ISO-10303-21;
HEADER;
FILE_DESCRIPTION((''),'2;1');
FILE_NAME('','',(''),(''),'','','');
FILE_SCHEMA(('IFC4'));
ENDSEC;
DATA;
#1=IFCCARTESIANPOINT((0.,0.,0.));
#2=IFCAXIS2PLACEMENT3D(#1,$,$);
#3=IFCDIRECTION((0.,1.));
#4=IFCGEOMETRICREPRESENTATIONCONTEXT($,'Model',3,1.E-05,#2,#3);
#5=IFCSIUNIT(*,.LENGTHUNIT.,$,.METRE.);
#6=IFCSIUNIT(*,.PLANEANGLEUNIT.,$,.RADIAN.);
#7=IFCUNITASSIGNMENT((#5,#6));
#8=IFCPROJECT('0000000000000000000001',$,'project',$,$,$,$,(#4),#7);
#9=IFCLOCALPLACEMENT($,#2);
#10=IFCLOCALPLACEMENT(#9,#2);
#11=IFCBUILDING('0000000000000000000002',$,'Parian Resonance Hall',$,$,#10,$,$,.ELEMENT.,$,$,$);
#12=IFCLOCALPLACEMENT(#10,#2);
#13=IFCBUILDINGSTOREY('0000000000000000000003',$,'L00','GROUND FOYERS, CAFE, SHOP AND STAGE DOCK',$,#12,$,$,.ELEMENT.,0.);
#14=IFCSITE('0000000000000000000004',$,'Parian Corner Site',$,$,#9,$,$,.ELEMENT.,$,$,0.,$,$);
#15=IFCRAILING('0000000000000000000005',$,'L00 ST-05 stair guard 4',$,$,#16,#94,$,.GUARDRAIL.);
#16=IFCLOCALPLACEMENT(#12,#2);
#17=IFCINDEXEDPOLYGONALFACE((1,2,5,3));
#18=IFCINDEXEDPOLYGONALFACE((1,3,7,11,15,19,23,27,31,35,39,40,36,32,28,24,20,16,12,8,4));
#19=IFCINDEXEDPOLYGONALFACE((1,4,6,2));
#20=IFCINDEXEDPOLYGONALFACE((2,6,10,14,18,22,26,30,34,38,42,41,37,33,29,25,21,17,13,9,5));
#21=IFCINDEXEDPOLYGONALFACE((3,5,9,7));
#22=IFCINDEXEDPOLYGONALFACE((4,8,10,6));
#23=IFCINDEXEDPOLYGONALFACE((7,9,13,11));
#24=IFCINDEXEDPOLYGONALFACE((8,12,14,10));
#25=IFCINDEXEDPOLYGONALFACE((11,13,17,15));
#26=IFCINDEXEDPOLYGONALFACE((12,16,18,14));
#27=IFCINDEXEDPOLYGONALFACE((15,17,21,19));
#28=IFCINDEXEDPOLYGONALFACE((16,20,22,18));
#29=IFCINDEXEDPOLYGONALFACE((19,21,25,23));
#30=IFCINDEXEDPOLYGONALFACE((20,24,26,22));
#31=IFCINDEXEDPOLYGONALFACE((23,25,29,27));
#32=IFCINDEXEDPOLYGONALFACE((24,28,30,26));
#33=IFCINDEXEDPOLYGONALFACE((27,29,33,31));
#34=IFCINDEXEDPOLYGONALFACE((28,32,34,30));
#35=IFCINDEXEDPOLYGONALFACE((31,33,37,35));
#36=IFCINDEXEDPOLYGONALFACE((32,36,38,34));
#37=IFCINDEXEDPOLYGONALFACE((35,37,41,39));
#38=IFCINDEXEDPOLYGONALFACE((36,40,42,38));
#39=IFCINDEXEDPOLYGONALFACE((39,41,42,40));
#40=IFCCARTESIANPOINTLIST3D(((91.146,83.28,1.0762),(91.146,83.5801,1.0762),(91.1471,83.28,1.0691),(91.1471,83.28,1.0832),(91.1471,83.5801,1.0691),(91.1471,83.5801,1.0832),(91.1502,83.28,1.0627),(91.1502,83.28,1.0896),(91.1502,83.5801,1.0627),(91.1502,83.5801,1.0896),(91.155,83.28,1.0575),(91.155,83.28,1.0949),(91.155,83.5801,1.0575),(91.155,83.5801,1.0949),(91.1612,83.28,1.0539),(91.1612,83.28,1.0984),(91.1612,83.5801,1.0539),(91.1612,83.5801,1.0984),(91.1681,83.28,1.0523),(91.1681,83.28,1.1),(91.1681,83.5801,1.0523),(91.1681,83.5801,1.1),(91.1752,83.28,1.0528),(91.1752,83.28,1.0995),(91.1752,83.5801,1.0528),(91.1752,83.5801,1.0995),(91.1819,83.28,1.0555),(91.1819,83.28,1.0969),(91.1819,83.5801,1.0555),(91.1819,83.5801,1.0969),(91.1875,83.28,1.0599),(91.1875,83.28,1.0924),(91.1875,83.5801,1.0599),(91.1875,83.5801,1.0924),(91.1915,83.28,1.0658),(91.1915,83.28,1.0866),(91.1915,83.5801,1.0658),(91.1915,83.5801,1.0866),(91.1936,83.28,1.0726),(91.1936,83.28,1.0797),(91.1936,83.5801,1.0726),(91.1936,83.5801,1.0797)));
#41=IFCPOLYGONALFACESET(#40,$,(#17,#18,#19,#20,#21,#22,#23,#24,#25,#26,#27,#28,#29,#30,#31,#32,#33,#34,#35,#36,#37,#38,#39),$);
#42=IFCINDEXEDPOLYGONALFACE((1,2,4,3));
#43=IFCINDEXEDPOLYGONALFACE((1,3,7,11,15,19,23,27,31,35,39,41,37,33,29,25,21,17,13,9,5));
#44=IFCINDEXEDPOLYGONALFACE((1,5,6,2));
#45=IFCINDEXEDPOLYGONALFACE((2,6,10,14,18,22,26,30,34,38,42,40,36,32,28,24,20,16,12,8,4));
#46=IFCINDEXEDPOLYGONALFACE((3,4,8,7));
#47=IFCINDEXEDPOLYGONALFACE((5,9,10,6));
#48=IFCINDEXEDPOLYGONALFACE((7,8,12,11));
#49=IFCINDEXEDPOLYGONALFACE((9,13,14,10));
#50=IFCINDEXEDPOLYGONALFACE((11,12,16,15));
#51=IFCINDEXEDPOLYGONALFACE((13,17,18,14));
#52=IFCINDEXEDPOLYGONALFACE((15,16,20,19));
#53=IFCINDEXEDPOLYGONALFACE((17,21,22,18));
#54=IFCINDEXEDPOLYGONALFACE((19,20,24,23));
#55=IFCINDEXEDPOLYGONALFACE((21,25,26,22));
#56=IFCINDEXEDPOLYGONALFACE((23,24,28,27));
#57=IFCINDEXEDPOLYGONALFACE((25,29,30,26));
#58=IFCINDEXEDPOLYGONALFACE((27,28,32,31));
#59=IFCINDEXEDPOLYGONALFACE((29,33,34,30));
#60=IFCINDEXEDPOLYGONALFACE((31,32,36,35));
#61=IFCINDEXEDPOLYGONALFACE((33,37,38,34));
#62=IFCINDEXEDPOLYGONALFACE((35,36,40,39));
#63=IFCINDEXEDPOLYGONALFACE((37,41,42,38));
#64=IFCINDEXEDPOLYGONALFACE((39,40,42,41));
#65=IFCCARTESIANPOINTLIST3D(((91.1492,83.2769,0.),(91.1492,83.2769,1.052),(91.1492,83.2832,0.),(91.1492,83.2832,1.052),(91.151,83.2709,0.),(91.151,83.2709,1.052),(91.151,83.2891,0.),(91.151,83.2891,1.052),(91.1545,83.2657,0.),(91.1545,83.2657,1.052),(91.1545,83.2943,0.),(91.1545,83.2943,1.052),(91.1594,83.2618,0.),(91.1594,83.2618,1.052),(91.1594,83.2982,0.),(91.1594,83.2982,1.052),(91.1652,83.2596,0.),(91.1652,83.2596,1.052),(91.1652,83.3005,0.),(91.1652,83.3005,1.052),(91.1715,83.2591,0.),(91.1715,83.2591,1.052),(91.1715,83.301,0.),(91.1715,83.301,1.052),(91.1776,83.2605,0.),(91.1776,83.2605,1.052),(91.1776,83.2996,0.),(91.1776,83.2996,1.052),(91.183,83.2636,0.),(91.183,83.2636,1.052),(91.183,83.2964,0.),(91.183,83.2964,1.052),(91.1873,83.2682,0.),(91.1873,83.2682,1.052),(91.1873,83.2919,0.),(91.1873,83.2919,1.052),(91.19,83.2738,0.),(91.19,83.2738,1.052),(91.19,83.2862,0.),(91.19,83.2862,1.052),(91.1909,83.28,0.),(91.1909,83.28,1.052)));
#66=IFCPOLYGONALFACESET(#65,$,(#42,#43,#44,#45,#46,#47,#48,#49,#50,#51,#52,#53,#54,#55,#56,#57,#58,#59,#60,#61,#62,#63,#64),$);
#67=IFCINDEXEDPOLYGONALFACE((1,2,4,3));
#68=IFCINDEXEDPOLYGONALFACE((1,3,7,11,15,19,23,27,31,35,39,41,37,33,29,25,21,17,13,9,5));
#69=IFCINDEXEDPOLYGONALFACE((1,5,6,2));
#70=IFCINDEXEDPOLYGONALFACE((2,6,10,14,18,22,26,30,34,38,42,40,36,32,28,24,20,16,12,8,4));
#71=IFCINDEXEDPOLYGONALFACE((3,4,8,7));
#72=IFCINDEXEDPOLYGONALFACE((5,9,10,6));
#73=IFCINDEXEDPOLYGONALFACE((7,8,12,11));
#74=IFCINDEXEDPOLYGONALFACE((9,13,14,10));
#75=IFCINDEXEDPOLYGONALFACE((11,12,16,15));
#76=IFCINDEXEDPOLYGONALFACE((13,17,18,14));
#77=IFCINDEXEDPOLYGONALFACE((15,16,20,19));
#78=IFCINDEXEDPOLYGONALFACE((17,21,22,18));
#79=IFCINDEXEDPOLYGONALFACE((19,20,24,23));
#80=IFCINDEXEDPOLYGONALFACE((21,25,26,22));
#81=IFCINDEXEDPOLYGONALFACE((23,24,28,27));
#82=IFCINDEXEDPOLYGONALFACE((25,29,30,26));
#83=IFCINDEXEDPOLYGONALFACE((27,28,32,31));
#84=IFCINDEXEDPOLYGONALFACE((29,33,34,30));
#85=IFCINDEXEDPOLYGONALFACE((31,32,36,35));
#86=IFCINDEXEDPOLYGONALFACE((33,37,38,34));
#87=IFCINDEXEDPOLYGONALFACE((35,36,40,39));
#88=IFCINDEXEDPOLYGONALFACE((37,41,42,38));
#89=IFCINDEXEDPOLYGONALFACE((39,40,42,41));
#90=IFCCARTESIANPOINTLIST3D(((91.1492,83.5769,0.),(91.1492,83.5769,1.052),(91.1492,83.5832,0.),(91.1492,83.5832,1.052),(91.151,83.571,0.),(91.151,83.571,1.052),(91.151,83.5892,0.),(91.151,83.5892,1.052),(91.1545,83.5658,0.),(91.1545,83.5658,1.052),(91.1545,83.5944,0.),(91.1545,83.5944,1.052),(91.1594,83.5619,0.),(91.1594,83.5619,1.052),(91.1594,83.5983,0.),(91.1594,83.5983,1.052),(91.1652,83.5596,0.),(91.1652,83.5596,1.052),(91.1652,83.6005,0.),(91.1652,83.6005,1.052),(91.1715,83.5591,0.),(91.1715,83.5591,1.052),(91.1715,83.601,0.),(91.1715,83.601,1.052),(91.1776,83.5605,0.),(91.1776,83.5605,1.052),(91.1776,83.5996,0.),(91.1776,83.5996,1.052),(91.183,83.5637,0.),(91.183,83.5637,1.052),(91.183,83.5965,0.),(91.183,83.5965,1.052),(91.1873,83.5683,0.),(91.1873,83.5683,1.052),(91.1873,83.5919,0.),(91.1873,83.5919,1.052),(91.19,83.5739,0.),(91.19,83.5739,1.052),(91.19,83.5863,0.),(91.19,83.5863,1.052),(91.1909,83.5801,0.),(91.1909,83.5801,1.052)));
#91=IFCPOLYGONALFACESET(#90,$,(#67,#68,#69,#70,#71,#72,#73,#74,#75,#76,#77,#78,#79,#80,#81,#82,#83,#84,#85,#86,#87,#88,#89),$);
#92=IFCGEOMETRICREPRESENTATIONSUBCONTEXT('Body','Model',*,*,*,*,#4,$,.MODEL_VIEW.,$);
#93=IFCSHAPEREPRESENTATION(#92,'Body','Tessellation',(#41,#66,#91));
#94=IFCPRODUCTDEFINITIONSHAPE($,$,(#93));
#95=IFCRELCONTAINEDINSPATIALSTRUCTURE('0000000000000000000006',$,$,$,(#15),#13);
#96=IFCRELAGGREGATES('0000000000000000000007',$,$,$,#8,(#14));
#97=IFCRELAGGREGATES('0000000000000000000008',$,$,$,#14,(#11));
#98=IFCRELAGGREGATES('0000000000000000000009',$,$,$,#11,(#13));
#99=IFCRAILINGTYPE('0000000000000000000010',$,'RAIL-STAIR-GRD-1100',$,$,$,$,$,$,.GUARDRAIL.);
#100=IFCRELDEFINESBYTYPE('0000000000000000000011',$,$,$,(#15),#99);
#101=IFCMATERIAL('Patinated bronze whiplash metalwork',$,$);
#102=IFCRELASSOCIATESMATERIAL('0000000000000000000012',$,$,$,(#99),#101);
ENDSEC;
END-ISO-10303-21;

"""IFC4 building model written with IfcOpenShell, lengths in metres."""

from ifc_helpers import new_model, si_unit, direction, frame, origin, origin_2d, place, context, subcontext, project, spatial, circle, extrude, material, type_object, element, save


model = new_model("IFC4")

# Units and contexts
model_context = context("Model", 3, precision=1e-05, world=origin(), true_north=direction((0.0, 1.0)))
body_context = subcontext(model_context, "Body", "Model", "MODEL_VIEW")
ifc_project = project(units=[si_unit("LENGTHUNIT", "METRE"), si_unit("PLANEANGLEUNIT", "RADIAN")], contexts=[model_context])

# Site, building, storey
site_placement = place(None, origin())
site = spatial("IfcSite", under=ifc_project, at=site_placement, Name="Parian Corner Site", CompositionType="ELEMENT", RefElevation=0.0)
building_placement = place(site_placement, origin())
building = spatial("IfcBuilding", under=site, at=building_placement, Name="Parian Resonance Hall", CompositionType="ELEMENT")
storey_placement = place(building_placement, origin())
storey = spatial("IfcBuildingStorey", under=building, at=storey_placement, Name="L00", Description="GROUND FOYERS, CAFE, SHOP AND STAGE DOCK", CompositionType="ELEMENT", Elevation=0.0)

# Railing
ifc_material_1 = material(Name="Patinated bronze whiplash metalwork")
railing_type_1 = type_object("IfcRailingType", Name="RAIL-STAIR-GRD-1100", PredefinedType="GUARDRAIL", material=ifc_material_1)
railing_1_placement = place(storey_placement, frame((91.1699, 83.28, 0.0)))
element("IfcRailing", 1, at=railing_1_placement, inside=storey, type_object=railing_type_1, Name="L00 ST-05 stair guard 4", PredefinedType="GUARDRAIL", context=body_context, shape_type="SweptSolid", body=[
    extrude(circle(Radius=0.0239, at=origin_2d()), frame((0.0, 0.0, 1.0762), z_axis=(0.0, 1.0, 0.0), x_axis=(-1.0, 0.0, 0.0)), (0.0, 0.0, 1.0), 0.3),
    extrude(circle(Radius=0.021, at=origin_2d()), origin(), (0.0, 0.0, 1.0), 1.052),
    extrude(circle(Radius=0.021, at=origin_2d()), frame((0.0, 0.3, 0.0)), (0.0, 0.0, 1.0), 1.052),
])

save(model, "model.ifc")
